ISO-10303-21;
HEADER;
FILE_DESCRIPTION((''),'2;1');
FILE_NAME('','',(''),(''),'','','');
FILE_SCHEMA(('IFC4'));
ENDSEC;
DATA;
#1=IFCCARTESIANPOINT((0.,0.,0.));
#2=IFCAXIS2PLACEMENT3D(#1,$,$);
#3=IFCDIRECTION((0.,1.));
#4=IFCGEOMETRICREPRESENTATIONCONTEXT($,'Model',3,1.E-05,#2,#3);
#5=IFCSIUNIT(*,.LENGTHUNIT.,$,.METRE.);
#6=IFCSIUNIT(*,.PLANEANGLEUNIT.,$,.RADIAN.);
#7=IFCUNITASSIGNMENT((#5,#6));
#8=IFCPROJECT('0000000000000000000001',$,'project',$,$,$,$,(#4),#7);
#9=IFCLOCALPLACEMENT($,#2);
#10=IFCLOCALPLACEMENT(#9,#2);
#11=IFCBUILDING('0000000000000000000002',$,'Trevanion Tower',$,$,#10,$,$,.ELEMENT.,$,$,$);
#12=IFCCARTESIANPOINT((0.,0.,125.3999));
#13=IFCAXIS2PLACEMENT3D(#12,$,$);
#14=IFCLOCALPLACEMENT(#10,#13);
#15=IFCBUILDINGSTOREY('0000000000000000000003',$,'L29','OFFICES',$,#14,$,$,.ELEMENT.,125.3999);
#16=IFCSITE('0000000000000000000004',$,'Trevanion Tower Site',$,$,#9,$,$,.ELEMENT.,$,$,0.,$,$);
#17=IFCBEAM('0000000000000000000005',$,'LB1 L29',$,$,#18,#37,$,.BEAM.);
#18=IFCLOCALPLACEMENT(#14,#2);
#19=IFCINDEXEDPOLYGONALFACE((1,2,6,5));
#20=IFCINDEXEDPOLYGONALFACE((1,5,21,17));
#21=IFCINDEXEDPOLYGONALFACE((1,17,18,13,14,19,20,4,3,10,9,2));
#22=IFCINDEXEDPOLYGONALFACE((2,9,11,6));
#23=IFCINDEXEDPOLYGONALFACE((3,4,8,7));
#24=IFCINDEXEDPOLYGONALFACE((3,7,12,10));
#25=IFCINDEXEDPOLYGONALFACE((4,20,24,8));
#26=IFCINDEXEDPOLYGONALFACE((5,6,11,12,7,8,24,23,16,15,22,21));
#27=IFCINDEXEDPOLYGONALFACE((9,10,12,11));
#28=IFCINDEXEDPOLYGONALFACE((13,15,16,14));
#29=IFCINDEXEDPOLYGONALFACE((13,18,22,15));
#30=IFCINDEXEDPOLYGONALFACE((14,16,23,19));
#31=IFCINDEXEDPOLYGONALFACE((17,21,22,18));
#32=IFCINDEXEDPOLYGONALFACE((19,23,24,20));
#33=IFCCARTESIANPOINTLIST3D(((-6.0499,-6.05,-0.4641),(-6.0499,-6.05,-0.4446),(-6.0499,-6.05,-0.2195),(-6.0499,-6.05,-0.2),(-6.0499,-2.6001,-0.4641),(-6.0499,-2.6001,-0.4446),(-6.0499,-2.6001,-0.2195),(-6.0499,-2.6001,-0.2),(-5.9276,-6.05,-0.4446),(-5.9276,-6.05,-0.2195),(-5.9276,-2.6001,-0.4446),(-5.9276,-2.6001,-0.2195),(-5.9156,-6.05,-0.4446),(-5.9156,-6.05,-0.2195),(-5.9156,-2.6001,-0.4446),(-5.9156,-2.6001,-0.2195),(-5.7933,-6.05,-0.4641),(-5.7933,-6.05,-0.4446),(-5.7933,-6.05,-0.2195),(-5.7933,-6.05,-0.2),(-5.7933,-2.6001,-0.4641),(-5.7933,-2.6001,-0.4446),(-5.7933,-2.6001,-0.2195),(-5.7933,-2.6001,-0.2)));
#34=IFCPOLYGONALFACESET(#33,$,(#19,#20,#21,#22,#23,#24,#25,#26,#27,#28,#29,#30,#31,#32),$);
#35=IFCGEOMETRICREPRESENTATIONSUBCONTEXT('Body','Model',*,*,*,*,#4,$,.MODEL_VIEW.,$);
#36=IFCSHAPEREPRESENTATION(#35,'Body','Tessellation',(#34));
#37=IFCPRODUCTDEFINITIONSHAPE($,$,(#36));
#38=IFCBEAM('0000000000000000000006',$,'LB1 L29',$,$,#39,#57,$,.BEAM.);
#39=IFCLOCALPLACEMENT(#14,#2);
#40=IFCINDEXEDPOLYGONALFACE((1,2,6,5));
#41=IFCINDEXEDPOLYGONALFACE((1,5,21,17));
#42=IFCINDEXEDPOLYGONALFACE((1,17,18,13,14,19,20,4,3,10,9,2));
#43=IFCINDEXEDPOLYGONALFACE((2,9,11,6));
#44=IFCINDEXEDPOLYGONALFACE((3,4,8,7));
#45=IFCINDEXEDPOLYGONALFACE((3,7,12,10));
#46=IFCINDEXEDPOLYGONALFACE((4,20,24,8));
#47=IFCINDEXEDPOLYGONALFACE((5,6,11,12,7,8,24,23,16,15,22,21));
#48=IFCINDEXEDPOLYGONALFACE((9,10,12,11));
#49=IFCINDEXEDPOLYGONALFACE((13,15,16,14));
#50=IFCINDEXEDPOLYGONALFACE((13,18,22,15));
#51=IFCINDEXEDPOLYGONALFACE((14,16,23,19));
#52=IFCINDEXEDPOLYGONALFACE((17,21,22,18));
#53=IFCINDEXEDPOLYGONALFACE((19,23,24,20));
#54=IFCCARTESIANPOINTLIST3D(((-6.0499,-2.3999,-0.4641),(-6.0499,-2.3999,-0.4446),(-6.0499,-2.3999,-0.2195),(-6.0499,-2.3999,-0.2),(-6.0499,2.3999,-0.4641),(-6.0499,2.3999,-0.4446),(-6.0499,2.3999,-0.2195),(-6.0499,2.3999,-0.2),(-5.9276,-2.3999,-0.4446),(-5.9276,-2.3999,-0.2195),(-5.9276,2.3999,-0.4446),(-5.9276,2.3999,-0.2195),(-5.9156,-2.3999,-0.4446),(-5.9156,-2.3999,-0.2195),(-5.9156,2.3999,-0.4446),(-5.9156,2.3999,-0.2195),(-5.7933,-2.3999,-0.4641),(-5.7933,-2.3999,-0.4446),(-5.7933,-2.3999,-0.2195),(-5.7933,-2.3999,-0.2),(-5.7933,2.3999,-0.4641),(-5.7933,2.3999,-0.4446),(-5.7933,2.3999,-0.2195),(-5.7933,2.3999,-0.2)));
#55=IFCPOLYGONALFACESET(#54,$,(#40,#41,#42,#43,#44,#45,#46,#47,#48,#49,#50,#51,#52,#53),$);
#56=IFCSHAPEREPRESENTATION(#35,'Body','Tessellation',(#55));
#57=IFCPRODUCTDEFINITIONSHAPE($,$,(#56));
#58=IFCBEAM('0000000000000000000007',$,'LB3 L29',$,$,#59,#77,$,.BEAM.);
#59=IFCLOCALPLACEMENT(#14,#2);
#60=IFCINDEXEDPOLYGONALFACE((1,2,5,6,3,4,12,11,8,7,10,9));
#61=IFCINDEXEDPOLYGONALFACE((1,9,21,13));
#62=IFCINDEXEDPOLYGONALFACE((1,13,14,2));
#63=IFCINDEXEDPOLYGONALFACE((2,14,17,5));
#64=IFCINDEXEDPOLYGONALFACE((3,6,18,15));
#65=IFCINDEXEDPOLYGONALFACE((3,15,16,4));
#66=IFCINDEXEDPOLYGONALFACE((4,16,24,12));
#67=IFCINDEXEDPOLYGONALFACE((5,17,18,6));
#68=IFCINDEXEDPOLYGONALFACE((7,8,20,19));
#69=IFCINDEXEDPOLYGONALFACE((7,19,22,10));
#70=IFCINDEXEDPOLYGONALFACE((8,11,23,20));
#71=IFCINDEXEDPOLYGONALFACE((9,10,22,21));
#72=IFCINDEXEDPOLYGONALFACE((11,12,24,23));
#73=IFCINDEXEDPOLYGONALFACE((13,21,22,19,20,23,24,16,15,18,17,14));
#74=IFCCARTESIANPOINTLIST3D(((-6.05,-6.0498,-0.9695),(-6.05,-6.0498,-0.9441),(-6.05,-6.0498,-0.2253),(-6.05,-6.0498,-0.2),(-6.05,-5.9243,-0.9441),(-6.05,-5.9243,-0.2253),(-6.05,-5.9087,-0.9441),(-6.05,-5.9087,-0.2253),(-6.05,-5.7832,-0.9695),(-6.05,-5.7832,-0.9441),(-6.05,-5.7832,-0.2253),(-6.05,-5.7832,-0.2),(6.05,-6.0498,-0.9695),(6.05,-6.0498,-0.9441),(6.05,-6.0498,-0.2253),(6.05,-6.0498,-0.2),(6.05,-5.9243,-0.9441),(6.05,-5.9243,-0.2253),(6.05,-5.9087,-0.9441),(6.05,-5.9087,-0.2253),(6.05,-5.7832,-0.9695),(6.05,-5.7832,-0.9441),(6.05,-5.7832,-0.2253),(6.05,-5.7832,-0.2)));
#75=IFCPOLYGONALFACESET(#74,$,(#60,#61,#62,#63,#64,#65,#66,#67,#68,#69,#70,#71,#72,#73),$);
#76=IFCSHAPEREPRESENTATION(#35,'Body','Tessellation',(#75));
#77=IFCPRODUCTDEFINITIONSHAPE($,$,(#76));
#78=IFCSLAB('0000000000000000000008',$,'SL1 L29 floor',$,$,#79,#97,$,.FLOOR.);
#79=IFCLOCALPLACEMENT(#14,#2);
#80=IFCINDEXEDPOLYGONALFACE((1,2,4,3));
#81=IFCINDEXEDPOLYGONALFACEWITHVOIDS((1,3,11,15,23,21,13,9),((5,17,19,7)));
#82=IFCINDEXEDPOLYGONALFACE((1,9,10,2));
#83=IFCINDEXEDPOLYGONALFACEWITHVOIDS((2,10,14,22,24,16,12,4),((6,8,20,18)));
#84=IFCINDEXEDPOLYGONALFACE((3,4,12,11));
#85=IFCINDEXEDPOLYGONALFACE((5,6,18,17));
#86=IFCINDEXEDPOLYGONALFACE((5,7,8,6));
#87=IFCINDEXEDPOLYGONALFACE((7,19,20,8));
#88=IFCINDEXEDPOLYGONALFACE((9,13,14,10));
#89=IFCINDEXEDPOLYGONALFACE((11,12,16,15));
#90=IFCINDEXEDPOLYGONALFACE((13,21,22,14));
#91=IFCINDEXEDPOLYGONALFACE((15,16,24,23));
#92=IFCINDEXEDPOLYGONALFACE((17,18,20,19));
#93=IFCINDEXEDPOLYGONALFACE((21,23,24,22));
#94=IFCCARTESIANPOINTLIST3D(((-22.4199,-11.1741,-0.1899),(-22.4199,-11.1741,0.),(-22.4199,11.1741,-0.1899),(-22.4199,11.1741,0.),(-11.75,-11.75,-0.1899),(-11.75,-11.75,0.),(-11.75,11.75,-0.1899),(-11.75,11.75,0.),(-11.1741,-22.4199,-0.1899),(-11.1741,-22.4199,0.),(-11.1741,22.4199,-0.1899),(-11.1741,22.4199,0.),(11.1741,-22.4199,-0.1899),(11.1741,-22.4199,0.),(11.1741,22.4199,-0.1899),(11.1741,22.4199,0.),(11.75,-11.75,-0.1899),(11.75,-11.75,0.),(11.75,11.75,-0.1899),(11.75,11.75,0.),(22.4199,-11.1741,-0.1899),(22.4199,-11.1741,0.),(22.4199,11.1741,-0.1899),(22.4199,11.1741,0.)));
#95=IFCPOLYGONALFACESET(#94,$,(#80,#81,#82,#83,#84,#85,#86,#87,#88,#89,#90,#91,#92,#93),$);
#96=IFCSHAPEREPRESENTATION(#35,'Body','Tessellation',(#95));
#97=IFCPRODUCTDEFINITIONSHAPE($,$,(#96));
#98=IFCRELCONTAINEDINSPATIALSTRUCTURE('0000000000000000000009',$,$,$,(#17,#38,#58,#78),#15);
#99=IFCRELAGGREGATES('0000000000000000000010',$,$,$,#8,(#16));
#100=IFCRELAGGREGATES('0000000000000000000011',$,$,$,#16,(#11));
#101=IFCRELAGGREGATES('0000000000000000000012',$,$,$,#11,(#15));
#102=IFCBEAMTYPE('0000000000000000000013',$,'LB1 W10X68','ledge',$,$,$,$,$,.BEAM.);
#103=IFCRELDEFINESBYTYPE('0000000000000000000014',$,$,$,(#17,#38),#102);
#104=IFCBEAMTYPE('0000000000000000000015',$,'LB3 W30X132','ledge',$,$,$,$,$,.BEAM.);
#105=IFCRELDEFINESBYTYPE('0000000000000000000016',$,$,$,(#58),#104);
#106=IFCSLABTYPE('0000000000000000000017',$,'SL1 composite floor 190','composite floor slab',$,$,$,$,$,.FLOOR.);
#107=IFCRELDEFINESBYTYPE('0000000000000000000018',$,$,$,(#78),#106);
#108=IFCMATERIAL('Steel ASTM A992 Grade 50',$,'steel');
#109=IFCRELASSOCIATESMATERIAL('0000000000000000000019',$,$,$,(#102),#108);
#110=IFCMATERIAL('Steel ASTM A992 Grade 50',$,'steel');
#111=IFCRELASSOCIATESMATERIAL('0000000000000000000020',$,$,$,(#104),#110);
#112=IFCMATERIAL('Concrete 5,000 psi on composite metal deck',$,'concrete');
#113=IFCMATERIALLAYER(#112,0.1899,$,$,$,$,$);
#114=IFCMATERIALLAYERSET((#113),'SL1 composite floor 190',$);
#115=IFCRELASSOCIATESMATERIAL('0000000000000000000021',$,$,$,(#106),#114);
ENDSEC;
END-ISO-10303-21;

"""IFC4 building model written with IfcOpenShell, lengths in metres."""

from ifc_helpers import new_model, si_unit, direction, frame, origin, origin_2d, place, context, subcontext, project, spatial, polyline, i_section, outline, extrude, material, layer, layer_set, material_profile, profile_set, type_object, element, save


model = new_model("IFC4")

# Units and contexts
model_context = context("Model", 3, precision=1e-05, world=origin(), true_north=direction((0.0, 1.0)))
body_context = subcontext(model_context, "Body", "Model", "MODEL_VIEW")
ifc_project = project(units=[si_unit("LENGTHUNIT", "METRE"), si_unit("PLANEANGLEUNIT", "RADIAN")], contexts=[model_context])

# Site, building, storey
site_placement = place(None, origin())
site = spatial("IfcSite", under=ifc_project, at=site_placement, Name="Trevanion Tower Site", CompositionType="ELEMENT", RefElevation=0.0)
building_placement = place(site_placement, origin())
building = spatial("IfcBuilding", under=site, at=building_placement, Name="Trevanion Tower", CompositionType="ELEMENT")
storey_placement = place(building_placement, frame((0.0, 0.0, 125.3999)))
storey = spatial("IfcBuildingStorey", under=building, at=storey_placement, Name="L29", Description="OFFICES", CompositionType="ELEMENT", Elevation=125.3999)

# Beams
ifc_material_1 = material(Name="Steel ASTM A992 Grade 50", Category="steel")
ifc_material_profile_1 = material_profile(ifc_material_1, i_section(OverallWidth=0.2566, OverallDepth=0.2642, WebThickness=0.012, FlangeThickness=0.0195, at=origin_2d()), Name="W10X68")
ifc_profile_set_1 = profile_set([ifc_material_profile_1], Name="Steel ASTM A992 Grade 50")
beam_type_1 = type_object("IfcBeamType", Name="LB1 W10X68", Description="ledge", PredefinedType="BEAM", material=ifc_profile_set_1)
beam_1_placement = place(storey_placement, frame((-5.9216, -6.05, -0.332), z_axis=(0.0, 1.0, 0.0), x_axis=(-1.0, 0.0, 0.0)))
element("IfcBeam", 1, at=beam_1_placement, inside=storey, type_object=beam_type_1, Name="LB1 L29", PredefinedType="BEAM", context=body_context, shape_type="SweptSolid", body=[
    extrude(i_section(OverallWidth=0.2566, OverallDepth=0.2642, WebThickness=0.012, FlangeThickness=0.0195, at=origin_2d()), origin(), (0.0, 0.0, 1.0), 3.45),
])
beam_2_placement = place(storey_placement, frame((-5.9216, -2.3999, -0.332), z_axis=(0.0, 1.0, 0.0), x_axis=(-1.0, 0.0, 0.0)))
element("IfcBeam", 2, at=beam_2_placement, inside=storey, type_object=beam_type_1, Name="LB1 L29", PredefinedType="BEAM", context=body_context, shape_type="SweptSolid", body=[
    extrude(i_section(OverallWidth=0.2566, OverallDepth=0.2642, WebThickness=0.012, FlangeThickness=0.0195, at=origin_2d()), origin(), (0.0, 0.0, 1.0), 4.7998),
])
ifc_material_2 = material(Name="Steel ASTM A992 Grade 50", Category="steel")
ifc_material_profile_2 = material_profile(ifc_material_2, i_section(OverallWidth=0.2666, OverallDepth=0.7695, WebThickness=0.0156, FlangeThickness=0.0254, at=origin_2d()), Name="W30X132")
ifc_profile_set_2 = profile_set([ifc_material_profile_2], Name="Steel ASTM A992 Grade 50")
beam_type_2 = type_object("IfcBeamType", Name="LB3 W30X132", Description="ledge", PredefinedType="BEAM", material=ifc_profile_set_2)
beam_3_placement = place(storey_placement, frame((-6.05, -5.9165, -0.5847), z_axis=(1.0, 0.0, 0.0), x_axis=(0.0, 1.0, 0.0)))
element("IfcBeam", 3, at=beam_3_placement, inside=storey, type_object=beam_type_2, Name="LB3 L29", PredefinedType="BEAM", context=body_context, shape_type="SweptSolid", body=[
    extrude(i_section(OverallWidth=0.2666, OverallDepth=0.7695, WebThickness=0.0156, FlangeThickness=0.0254, at=origin_2d()), origin(), (0.0, 0.0, 1.0), 12.1001),
])

# Slab
ifc_material_3 = material(Name="Concrete 5,000 psi on composite metal deck", Category="concrete")
ifc_layer_1 = layer(ifc_material_3, 0.1899)
ifc_layer_set_1 = layer_set([ifc_layer_1], Name="SL1 composite floor 190")
slab_type = type_object("IfcSlabType", Name="SL1 composite floor 190", Description="composite floor slab", PredefinedType="FLOOR", material=ifc_layer_set_1)
slab_placement = place(storey_placement, frame((0.0, 0.0, -0.1899)))
element("IfcSlab", 4, at=slab_placement, inside=storey, type_object=slab_type, Name="SL1 L29 floor", PredefinedType="FLOOR", context=body_context, shape_type="SweptSolid", body=[
    extrude(outline(polyline([(22.4199, -11.1741), (22.4199, 11.1741), (11.1741, 22.4199), (-11.1741, 22.4199), (-22.4199, 11.1741), (-22.4199, -11.1741), (-11.1741, -22.4199), (11.1741, -22.4199), (22.4199, -11.1741)]), holes=[polyline([(11.75, -11.75), (11.75, 11.75), (-11.75, 11.75), (-11.75, -11.75), (11.75, -11.75)])]), origin(), (0.0, 0.0, 1.0), 0.1899),
])

save(model, "model.ifc")
